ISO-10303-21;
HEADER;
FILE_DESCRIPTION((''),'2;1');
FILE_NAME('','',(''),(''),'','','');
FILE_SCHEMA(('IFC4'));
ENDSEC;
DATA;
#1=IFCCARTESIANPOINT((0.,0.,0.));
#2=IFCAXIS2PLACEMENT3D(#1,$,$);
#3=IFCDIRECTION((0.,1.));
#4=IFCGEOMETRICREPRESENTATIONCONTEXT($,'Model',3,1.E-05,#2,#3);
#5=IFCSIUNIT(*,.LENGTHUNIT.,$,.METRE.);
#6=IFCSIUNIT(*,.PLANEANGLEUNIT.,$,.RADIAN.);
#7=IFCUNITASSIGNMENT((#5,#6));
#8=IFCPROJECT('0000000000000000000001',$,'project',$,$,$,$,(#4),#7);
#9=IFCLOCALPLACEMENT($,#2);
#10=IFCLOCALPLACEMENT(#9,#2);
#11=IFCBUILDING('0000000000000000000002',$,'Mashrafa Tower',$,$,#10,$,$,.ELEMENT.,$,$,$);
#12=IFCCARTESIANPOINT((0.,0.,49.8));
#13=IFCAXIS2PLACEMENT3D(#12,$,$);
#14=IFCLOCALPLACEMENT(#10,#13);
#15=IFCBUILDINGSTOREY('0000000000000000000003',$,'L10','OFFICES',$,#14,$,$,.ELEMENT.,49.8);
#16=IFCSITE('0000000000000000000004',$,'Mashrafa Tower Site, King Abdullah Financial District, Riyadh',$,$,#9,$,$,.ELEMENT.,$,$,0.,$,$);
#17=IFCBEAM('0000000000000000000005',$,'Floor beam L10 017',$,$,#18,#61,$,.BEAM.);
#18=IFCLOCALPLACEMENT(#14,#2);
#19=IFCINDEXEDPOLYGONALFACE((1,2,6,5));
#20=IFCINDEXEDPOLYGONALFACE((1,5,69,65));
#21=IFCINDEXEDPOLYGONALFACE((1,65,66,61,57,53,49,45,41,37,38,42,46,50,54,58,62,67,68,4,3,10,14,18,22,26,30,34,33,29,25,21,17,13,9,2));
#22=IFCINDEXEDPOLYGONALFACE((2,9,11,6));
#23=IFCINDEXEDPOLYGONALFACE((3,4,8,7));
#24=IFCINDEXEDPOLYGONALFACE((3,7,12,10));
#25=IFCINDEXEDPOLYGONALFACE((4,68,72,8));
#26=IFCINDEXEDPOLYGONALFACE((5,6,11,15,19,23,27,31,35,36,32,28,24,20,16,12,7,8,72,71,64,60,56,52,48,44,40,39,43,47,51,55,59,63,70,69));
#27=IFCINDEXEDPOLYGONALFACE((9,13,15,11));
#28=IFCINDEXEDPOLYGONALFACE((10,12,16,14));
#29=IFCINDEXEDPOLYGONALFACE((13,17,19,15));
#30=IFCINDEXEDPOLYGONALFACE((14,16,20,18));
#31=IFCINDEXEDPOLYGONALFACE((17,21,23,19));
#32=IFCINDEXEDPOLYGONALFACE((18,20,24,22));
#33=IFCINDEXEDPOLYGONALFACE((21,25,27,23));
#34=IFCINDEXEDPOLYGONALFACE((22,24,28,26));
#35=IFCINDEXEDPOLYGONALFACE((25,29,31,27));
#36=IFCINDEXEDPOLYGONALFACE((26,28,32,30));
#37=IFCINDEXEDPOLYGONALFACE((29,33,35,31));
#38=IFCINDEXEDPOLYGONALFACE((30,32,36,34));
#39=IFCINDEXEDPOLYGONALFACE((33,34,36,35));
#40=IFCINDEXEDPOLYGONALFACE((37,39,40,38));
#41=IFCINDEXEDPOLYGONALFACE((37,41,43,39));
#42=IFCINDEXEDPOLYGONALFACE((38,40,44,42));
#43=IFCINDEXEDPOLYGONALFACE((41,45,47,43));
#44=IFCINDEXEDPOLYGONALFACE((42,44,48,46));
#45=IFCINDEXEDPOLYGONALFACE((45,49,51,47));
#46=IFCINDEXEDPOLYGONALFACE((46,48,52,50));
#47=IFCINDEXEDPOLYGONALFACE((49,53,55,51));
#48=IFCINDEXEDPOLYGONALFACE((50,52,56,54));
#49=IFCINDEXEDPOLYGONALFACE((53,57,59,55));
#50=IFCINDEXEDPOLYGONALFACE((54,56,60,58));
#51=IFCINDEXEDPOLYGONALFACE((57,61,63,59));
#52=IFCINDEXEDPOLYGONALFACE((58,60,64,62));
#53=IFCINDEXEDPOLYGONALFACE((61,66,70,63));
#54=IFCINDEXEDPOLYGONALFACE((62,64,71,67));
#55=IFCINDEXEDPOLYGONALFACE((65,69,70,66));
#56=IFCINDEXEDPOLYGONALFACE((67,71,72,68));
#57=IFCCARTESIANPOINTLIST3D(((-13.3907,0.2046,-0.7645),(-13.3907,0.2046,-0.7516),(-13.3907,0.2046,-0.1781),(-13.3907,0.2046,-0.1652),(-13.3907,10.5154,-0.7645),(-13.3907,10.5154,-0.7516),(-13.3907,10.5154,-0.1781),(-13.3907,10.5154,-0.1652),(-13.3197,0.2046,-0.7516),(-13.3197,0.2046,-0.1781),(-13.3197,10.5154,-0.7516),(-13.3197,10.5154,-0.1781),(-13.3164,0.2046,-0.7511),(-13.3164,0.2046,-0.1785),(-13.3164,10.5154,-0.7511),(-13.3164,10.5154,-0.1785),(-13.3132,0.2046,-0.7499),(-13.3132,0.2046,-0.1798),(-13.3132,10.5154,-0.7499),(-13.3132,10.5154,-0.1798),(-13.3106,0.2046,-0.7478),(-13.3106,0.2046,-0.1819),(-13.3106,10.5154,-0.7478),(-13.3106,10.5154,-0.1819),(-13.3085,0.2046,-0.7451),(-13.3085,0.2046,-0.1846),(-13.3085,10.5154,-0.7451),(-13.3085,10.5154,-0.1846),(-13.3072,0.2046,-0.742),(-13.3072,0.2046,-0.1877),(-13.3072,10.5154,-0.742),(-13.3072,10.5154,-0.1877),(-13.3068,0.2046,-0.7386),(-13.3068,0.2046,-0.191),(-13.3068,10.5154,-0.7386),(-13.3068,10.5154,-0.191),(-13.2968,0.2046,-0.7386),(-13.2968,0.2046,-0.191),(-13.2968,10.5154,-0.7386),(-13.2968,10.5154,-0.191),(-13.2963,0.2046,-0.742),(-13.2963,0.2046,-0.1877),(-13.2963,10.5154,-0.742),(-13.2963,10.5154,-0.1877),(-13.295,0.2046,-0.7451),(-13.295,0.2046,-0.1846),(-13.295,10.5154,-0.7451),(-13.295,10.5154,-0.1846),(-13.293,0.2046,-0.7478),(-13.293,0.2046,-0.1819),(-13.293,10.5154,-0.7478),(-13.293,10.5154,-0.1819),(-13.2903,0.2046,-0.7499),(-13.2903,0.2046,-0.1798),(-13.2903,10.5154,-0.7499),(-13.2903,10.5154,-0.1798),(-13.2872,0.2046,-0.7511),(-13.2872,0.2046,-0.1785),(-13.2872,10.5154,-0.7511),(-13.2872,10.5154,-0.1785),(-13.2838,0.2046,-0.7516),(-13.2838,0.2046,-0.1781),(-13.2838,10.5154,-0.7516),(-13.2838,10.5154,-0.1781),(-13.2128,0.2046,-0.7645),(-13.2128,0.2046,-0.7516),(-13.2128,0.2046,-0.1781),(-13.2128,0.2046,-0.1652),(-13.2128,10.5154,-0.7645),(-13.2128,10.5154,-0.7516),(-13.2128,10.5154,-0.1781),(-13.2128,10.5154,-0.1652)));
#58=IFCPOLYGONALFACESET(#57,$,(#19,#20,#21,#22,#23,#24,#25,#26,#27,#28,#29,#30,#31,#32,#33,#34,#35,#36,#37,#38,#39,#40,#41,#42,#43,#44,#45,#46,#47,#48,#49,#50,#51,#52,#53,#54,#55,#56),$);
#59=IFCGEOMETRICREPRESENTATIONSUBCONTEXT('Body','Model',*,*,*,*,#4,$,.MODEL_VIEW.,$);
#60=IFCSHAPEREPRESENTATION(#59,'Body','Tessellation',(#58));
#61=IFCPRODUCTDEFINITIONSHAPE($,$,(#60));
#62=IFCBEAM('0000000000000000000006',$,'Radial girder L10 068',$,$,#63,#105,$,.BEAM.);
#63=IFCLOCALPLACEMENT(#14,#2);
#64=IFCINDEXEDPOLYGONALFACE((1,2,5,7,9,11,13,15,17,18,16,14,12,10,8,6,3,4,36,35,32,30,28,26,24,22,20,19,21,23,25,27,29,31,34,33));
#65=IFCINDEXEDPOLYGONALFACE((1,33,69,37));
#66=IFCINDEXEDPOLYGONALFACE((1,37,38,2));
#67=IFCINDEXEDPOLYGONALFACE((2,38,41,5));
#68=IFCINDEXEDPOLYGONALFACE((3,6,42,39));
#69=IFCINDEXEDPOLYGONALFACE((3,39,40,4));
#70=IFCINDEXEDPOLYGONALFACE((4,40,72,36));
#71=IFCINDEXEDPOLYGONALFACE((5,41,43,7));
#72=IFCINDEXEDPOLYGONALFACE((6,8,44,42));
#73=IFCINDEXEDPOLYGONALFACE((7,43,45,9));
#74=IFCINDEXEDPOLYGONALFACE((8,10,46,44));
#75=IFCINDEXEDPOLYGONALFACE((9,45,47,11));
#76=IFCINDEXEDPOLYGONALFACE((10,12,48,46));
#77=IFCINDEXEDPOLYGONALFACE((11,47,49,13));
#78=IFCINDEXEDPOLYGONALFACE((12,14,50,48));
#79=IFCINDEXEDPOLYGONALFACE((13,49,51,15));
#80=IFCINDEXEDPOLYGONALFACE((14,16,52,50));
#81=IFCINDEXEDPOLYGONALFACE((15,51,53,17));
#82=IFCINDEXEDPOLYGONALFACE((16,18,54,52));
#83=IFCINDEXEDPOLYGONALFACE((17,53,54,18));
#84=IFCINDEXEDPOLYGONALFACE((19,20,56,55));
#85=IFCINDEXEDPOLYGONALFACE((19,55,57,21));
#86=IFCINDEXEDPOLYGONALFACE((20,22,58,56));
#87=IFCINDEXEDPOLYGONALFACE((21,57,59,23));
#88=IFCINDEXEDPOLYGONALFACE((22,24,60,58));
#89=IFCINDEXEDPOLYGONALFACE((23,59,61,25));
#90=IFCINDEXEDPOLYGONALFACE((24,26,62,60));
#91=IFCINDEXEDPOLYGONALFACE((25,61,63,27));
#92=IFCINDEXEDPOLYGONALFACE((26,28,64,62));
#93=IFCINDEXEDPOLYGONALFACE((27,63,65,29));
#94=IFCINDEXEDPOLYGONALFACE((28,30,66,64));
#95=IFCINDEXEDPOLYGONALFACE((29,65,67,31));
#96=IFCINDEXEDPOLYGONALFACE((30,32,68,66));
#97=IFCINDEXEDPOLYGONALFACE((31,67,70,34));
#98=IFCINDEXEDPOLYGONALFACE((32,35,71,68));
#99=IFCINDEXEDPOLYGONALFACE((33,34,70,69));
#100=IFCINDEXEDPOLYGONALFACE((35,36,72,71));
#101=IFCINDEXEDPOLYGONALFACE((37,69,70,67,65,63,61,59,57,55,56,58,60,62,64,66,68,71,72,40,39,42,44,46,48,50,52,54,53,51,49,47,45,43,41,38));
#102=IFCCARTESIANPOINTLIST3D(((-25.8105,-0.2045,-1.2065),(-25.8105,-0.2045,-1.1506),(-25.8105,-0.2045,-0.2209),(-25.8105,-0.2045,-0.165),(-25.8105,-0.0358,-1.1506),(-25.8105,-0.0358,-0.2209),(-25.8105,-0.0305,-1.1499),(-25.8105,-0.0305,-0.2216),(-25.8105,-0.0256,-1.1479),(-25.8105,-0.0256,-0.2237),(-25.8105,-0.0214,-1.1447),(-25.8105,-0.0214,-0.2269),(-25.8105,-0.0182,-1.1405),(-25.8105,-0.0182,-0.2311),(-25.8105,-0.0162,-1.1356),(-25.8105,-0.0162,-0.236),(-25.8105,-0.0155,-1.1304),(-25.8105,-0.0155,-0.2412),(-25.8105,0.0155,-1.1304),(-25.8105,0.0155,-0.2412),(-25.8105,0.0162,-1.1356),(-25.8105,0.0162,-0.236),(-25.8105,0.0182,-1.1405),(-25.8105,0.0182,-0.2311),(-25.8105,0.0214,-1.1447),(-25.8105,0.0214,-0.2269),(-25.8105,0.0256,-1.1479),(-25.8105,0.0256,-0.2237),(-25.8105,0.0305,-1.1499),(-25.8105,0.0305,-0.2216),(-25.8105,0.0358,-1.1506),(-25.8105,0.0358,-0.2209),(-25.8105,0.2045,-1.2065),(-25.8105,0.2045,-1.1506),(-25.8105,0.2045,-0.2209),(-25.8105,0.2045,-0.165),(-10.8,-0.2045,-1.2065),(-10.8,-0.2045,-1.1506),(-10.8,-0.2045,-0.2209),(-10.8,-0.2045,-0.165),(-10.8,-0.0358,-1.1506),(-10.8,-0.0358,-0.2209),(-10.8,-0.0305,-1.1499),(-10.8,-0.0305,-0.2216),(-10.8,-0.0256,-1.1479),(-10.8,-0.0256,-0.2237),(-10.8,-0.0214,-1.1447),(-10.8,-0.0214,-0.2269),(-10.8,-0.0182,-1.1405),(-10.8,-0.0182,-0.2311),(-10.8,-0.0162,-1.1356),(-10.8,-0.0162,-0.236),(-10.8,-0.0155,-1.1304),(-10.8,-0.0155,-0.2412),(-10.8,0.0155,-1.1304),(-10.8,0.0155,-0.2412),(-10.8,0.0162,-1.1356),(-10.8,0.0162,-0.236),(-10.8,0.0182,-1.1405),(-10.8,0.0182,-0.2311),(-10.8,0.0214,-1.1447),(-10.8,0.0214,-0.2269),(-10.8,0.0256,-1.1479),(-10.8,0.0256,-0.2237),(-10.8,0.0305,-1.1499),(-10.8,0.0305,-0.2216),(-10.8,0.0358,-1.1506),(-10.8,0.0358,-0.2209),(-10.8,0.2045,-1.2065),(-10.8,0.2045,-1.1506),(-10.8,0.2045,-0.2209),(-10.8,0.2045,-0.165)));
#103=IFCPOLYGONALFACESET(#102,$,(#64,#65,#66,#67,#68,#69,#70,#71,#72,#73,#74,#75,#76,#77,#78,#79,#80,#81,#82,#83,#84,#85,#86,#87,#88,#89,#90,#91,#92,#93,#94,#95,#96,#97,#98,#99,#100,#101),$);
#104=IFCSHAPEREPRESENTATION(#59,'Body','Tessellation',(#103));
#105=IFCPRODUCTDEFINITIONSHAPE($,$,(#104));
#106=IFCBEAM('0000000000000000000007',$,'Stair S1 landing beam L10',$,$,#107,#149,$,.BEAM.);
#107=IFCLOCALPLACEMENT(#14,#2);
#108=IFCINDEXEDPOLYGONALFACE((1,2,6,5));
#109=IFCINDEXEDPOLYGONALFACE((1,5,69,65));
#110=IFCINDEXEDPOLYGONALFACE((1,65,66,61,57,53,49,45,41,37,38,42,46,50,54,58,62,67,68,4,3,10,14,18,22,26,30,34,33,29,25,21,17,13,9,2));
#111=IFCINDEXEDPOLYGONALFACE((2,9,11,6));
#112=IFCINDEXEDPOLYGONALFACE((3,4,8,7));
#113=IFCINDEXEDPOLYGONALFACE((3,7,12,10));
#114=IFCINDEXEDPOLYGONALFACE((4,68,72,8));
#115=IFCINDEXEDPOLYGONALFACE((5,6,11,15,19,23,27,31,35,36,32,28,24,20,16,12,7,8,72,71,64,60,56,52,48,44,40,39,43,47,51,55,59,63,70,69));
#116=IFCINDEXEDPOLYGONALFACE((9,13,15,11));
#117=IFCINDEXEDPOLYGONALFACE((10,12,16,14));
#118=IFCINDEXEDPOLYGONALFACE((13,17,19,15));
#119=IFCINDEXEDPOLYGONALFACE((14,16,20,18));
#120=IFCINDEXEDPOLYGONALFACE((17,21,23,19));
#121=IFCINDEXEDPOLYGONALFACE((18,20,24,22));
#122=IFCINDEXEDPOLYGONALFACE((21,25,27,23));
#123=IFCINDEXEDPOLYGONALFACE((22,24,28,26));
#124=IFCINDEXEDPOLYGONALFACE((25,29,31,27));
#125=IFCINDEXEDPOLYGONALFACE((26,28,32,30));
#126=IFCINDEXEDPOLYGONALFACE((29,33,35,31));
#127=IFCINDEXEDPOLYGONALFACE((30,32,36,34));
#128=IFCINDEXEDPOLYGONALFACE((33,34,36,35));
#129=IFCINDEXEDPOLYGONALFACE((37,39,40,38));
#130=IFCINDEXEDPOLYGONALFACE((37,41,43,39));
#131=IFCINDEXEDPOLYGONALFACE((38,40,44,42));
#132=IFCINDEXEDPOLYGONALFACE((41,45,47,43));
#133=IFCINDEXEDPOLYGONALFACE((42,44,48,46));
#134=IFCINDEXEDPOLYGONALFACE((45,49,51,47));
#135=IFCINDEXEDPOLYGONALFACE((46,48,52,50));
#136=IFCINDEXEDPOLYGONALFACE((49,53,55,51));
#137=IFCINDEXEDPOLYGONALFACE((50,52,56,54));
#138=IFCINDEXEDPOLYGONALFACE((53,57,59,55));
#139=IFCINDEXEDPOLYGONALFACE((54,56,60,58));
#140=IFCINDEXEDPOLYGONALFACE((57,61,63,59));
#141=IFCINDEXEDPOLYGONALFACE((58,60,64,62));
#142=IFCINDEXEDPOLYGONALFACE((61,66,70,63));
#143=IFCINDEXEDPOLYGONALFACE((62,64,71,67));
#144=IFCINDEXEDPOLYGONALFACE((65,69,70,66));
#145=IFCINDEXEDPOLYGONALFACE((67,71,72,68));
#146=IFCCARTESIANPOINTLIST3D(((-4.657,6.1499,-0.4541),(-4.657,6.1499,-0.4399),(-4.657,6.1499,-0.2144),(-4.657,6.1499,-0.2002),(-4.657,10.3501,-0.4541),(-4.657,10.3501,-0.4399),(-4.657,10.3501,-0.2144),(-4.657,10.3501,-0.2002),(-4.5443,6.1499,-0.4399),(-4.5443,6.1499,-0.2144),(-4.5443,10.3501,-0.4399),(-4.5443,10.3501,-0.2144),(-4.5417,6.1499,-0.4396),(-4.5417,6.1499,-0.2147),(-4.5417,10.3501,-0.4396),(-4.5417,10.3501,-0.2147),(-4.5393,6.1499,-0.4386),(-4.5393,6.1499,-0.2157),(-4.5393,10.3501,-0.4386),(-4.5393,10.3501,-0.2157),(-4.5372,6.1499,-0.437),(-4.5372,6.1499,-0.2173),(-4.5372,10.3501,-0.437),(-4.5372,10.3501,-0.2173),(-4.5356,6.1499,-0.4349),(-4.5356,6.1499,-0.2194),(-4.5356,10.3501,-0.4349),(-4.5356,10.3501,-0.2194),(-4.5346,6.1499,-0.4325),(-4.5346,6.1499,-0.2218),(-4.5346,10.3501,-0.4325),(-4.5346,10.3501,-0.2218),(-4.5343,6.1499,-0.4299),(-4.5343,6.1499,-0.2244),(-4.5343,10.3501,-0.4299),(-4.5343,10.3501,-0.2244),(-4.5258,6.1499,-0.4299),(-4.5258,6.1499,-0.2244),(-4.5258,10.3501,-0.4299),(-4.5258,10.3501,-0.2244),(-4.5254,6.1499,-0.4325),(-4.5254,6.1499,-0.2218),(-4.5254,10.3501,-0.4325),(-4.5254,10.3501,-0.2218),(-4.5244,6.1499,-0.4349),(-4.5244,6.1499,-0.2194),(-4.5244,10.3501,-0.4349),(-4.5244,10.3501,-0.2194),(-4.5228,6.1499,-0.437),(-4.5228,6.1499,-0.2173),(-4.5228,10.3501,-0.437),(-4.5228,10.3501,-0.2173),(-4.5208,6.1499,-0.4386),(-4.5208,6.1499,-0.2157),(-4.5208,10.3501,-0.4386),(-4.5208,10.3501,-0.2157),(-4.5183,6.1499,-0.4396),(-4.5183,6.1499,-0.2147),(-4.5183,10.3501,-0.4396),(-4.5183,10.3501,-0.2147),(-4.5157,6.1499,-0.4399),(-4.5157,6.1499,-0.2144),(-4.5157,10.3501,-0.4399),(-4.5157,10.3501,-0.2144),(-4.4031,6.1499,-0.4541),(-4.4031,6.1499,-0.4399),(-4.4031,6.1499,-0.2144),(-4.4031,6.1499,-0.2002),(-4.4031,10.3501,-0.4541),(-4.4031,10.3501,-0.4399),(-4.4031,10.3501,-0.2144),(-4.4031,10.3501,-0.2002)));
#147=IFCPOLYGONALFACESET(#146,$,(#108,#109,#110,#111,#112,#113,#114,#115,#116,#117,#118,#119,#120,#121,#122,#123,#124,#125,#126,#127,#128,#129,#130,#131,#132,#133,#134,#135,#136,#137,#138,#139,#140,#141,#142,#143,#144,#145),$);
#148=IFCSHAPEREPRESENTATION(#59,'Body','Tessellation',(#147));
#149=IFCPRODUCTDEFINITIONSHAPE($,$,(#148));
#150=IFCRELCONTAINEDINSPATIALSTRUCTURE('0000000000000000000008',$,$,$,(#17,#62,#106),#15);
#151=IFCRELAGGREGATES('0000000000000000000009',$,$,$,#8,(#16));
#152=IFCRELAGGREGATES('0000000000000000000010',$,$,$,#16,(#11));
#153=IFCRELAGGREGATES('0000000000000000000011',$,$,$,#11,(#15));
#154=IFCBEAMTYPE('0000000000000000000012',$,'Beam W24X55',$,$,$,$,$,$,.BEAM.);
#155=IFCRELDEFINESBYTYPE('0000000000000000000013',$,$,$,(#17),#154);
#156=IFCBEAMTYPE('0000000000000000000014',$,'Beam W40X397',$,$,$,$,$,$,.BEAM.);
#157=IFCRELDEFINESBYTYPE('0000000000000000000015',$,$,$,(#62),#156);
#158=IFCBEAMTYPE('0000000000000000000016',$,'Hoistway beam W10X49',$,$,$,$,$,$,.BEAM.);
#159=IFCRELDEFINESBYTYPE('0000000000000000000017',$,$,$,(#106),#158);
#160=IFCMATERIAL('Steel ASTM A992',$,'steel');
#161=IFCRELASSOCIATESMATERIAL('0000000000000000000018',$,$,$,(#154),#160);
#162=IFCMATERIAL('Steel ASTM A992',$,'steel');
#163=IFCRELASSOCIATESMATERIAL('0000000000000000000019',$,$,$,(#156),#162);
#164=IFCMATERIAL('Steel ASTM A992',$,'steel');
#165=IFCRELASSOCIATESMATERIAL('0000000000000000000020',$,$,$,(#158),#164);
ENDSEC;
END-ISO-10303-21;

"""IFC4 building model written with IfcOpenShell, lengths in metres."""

from ifc_helpers import new_model, si_unit, direction, frame, origin, origin_2d, place, context, subcontext, project, spatial, i_section, extrude, material, material_profile, profile_set, type_object, element, save


model = new_model("IFC4")

# Units and contexts
model_context = context("Model", 3, precision=1e-05, world=origin(), true_north=direction((0.0, 1.0)))
body_context = subcontext(model_context, "Body", "Model", "MODEL_VIEW")
ifc_project = project(units=[si_unit("LENGTHUNIT", "METRE"), si_unit("PLANEANGLEUNIT", "RADIAN")], contexts=[model_context])

# Site, building, storey
site_placement = place(None, origin())
site = spatial("IfcSite", under=ifc_project, at=site_placement, Name="Mashrafa Tower Site, King Abdullah Financial District, Riyadh", CompositionType="ELEMENT", RefElevation=0.0)
building_placement = place(site_placement, origin())
building = spatial("IfcBuilding", under=site, at=building_placement, Name="Mashrafa Tower", CompositionType="ELEMENT")
storey_placement = place(building_placement, frame((0.0, 0.0, 49.8)))
storey = spatial("IfcBuildingStorey", under=building, at=storey_placement, Name="L10", Description="OFFICES", CompositionType="ELEMENT", Elevation=49.8)

# Beams
ifc_material_1 = material(Name="Steel ASTM A992", Category="steel")
ifc_material_profile_1 = material_profile(ifc_material_1, i_section(OverallWidth=0.178, OverallDepth=0.5994, WebThickness=0.01, FlangeThickness=0.0129, FilletRadius=0.0129, at=origin_2d()), Name="W24X55")
ifc_profile_set_1 = profile_set([ifc_material_profile_1], Name="Steel ASTM A992")
beam_type_1 = type_object("IfcBeamType", Name="Beam W24X55", PredefinedType="BEAM", material=ifc_profile_set_1)
beam_1_placement = place(storey_placement, frame((-13.3018, 0.2046, -0.4648), z_axis=(0.0, 1.0, 0.0), x_axis=(-1.0, 0.0, 0.0)))
element("IfcBeam", 1, at=beam_1_placement, inside=storey, type_object=beam_type_1, Name="Floor beam L10 017", PredefinedType="BEAM", context=body_context, shape_type="SweptSolid", body=[
    extrude(i_section(OverallWidth=0.178, OverallDepth=0.5994, WebThickness=0.01, FlangeThickness=0.0129, FilletRadius=0.0129, at=origin_2d()), origin(), (0.0, 0.0, 1.0), 10.3108),
])
ifc_material_2 = material(Name="Steel ASTM A992", Category="steel")
ifc_material_profile_2 = material_profile(ifc_material_2, i_section(OverallWidth=0.4089, OverallDepth=1.0415, WebThickness=0.031, FlangeThickness=0.0559, FilletRadius=0.0203, at=origin_2d()), Name="W40X397")
ifc_profile_set_2 = profile_set([ifc_material_profile_2], Name="Steel ASTM A992")
beam_type_2 = type_object("IfcBeamType", Name="Beam W40X397", PredefinedType="BEAM", material=ifc_profile_set_2)
beam_2_placement = place(storey_placement, frame((-10.8, 0.0, -0.6858), z_axis=(-1.0, 0.0, 0.0), x_axis=(0.0, -1.0, 0.0)))
element("IfcBeam", 2, at=beam_2_placement, inside=storey, type_object=beam_type_2, Name="Radial girder L10 068", PredefinedType="BEAM", context=body_context, shape_type="SweptSolid", body=[
    extrude(i_section(OverallWidth=0.4089, OverallDepth=1.0415, WebThickness=0.031, FlangeThickness=0.0559, FilletRadius=0.0203, at=origin_2d()), origin(), (0.0, 0.0, 1.0), 15.0105),
])
ifc_material_3 = material(Name="Steel ASTM A992", Category="steel")
ifc_material_profile_3 = material_profile(ifc_material_3, i_section(OverallWidth=0.2539, OverallDepth=0.2539, WebThickness=0.0085, FlangeThickness=0.0142, FilletRadius=0.01, at=origin_2d()), Name="W10X49")
ifc_profile_set_3 = profile_set([ifc_material_profile_3], Name="Steel ASTM A992")
beam_type_3 = type_object("IfcBeamType", Name="Hoistway beam W10X49", PredefinedType="BEAM", material=ifc_profile_set_3)
beam_3_placement = place(storey_placement, frame((-4.53, 6.1499, -0.3271), z_axis=(0.0, 1.0, 0.0), x_axis=(-1.0, 0.0, 0.0)))
element("IfcBeam", 3, at=beam_3_placement, inside=storey, type_object=beam_type_3, Name="Stair S1 landing beam L10", PredefinedType="BEAM", context=body_context, shape_type="SweptSolid", body=[
    extrude(i_section(OverallWidth=0.2539, OverallDepth=0.2539, WebThickness=0.0085, FlangeThickness=0.0142, FilletRadius=0.01, at=origin_2d()), origin(), (0.0, 0.0, 1.0), 4.2002),
])

save(model, "model.ifc")
